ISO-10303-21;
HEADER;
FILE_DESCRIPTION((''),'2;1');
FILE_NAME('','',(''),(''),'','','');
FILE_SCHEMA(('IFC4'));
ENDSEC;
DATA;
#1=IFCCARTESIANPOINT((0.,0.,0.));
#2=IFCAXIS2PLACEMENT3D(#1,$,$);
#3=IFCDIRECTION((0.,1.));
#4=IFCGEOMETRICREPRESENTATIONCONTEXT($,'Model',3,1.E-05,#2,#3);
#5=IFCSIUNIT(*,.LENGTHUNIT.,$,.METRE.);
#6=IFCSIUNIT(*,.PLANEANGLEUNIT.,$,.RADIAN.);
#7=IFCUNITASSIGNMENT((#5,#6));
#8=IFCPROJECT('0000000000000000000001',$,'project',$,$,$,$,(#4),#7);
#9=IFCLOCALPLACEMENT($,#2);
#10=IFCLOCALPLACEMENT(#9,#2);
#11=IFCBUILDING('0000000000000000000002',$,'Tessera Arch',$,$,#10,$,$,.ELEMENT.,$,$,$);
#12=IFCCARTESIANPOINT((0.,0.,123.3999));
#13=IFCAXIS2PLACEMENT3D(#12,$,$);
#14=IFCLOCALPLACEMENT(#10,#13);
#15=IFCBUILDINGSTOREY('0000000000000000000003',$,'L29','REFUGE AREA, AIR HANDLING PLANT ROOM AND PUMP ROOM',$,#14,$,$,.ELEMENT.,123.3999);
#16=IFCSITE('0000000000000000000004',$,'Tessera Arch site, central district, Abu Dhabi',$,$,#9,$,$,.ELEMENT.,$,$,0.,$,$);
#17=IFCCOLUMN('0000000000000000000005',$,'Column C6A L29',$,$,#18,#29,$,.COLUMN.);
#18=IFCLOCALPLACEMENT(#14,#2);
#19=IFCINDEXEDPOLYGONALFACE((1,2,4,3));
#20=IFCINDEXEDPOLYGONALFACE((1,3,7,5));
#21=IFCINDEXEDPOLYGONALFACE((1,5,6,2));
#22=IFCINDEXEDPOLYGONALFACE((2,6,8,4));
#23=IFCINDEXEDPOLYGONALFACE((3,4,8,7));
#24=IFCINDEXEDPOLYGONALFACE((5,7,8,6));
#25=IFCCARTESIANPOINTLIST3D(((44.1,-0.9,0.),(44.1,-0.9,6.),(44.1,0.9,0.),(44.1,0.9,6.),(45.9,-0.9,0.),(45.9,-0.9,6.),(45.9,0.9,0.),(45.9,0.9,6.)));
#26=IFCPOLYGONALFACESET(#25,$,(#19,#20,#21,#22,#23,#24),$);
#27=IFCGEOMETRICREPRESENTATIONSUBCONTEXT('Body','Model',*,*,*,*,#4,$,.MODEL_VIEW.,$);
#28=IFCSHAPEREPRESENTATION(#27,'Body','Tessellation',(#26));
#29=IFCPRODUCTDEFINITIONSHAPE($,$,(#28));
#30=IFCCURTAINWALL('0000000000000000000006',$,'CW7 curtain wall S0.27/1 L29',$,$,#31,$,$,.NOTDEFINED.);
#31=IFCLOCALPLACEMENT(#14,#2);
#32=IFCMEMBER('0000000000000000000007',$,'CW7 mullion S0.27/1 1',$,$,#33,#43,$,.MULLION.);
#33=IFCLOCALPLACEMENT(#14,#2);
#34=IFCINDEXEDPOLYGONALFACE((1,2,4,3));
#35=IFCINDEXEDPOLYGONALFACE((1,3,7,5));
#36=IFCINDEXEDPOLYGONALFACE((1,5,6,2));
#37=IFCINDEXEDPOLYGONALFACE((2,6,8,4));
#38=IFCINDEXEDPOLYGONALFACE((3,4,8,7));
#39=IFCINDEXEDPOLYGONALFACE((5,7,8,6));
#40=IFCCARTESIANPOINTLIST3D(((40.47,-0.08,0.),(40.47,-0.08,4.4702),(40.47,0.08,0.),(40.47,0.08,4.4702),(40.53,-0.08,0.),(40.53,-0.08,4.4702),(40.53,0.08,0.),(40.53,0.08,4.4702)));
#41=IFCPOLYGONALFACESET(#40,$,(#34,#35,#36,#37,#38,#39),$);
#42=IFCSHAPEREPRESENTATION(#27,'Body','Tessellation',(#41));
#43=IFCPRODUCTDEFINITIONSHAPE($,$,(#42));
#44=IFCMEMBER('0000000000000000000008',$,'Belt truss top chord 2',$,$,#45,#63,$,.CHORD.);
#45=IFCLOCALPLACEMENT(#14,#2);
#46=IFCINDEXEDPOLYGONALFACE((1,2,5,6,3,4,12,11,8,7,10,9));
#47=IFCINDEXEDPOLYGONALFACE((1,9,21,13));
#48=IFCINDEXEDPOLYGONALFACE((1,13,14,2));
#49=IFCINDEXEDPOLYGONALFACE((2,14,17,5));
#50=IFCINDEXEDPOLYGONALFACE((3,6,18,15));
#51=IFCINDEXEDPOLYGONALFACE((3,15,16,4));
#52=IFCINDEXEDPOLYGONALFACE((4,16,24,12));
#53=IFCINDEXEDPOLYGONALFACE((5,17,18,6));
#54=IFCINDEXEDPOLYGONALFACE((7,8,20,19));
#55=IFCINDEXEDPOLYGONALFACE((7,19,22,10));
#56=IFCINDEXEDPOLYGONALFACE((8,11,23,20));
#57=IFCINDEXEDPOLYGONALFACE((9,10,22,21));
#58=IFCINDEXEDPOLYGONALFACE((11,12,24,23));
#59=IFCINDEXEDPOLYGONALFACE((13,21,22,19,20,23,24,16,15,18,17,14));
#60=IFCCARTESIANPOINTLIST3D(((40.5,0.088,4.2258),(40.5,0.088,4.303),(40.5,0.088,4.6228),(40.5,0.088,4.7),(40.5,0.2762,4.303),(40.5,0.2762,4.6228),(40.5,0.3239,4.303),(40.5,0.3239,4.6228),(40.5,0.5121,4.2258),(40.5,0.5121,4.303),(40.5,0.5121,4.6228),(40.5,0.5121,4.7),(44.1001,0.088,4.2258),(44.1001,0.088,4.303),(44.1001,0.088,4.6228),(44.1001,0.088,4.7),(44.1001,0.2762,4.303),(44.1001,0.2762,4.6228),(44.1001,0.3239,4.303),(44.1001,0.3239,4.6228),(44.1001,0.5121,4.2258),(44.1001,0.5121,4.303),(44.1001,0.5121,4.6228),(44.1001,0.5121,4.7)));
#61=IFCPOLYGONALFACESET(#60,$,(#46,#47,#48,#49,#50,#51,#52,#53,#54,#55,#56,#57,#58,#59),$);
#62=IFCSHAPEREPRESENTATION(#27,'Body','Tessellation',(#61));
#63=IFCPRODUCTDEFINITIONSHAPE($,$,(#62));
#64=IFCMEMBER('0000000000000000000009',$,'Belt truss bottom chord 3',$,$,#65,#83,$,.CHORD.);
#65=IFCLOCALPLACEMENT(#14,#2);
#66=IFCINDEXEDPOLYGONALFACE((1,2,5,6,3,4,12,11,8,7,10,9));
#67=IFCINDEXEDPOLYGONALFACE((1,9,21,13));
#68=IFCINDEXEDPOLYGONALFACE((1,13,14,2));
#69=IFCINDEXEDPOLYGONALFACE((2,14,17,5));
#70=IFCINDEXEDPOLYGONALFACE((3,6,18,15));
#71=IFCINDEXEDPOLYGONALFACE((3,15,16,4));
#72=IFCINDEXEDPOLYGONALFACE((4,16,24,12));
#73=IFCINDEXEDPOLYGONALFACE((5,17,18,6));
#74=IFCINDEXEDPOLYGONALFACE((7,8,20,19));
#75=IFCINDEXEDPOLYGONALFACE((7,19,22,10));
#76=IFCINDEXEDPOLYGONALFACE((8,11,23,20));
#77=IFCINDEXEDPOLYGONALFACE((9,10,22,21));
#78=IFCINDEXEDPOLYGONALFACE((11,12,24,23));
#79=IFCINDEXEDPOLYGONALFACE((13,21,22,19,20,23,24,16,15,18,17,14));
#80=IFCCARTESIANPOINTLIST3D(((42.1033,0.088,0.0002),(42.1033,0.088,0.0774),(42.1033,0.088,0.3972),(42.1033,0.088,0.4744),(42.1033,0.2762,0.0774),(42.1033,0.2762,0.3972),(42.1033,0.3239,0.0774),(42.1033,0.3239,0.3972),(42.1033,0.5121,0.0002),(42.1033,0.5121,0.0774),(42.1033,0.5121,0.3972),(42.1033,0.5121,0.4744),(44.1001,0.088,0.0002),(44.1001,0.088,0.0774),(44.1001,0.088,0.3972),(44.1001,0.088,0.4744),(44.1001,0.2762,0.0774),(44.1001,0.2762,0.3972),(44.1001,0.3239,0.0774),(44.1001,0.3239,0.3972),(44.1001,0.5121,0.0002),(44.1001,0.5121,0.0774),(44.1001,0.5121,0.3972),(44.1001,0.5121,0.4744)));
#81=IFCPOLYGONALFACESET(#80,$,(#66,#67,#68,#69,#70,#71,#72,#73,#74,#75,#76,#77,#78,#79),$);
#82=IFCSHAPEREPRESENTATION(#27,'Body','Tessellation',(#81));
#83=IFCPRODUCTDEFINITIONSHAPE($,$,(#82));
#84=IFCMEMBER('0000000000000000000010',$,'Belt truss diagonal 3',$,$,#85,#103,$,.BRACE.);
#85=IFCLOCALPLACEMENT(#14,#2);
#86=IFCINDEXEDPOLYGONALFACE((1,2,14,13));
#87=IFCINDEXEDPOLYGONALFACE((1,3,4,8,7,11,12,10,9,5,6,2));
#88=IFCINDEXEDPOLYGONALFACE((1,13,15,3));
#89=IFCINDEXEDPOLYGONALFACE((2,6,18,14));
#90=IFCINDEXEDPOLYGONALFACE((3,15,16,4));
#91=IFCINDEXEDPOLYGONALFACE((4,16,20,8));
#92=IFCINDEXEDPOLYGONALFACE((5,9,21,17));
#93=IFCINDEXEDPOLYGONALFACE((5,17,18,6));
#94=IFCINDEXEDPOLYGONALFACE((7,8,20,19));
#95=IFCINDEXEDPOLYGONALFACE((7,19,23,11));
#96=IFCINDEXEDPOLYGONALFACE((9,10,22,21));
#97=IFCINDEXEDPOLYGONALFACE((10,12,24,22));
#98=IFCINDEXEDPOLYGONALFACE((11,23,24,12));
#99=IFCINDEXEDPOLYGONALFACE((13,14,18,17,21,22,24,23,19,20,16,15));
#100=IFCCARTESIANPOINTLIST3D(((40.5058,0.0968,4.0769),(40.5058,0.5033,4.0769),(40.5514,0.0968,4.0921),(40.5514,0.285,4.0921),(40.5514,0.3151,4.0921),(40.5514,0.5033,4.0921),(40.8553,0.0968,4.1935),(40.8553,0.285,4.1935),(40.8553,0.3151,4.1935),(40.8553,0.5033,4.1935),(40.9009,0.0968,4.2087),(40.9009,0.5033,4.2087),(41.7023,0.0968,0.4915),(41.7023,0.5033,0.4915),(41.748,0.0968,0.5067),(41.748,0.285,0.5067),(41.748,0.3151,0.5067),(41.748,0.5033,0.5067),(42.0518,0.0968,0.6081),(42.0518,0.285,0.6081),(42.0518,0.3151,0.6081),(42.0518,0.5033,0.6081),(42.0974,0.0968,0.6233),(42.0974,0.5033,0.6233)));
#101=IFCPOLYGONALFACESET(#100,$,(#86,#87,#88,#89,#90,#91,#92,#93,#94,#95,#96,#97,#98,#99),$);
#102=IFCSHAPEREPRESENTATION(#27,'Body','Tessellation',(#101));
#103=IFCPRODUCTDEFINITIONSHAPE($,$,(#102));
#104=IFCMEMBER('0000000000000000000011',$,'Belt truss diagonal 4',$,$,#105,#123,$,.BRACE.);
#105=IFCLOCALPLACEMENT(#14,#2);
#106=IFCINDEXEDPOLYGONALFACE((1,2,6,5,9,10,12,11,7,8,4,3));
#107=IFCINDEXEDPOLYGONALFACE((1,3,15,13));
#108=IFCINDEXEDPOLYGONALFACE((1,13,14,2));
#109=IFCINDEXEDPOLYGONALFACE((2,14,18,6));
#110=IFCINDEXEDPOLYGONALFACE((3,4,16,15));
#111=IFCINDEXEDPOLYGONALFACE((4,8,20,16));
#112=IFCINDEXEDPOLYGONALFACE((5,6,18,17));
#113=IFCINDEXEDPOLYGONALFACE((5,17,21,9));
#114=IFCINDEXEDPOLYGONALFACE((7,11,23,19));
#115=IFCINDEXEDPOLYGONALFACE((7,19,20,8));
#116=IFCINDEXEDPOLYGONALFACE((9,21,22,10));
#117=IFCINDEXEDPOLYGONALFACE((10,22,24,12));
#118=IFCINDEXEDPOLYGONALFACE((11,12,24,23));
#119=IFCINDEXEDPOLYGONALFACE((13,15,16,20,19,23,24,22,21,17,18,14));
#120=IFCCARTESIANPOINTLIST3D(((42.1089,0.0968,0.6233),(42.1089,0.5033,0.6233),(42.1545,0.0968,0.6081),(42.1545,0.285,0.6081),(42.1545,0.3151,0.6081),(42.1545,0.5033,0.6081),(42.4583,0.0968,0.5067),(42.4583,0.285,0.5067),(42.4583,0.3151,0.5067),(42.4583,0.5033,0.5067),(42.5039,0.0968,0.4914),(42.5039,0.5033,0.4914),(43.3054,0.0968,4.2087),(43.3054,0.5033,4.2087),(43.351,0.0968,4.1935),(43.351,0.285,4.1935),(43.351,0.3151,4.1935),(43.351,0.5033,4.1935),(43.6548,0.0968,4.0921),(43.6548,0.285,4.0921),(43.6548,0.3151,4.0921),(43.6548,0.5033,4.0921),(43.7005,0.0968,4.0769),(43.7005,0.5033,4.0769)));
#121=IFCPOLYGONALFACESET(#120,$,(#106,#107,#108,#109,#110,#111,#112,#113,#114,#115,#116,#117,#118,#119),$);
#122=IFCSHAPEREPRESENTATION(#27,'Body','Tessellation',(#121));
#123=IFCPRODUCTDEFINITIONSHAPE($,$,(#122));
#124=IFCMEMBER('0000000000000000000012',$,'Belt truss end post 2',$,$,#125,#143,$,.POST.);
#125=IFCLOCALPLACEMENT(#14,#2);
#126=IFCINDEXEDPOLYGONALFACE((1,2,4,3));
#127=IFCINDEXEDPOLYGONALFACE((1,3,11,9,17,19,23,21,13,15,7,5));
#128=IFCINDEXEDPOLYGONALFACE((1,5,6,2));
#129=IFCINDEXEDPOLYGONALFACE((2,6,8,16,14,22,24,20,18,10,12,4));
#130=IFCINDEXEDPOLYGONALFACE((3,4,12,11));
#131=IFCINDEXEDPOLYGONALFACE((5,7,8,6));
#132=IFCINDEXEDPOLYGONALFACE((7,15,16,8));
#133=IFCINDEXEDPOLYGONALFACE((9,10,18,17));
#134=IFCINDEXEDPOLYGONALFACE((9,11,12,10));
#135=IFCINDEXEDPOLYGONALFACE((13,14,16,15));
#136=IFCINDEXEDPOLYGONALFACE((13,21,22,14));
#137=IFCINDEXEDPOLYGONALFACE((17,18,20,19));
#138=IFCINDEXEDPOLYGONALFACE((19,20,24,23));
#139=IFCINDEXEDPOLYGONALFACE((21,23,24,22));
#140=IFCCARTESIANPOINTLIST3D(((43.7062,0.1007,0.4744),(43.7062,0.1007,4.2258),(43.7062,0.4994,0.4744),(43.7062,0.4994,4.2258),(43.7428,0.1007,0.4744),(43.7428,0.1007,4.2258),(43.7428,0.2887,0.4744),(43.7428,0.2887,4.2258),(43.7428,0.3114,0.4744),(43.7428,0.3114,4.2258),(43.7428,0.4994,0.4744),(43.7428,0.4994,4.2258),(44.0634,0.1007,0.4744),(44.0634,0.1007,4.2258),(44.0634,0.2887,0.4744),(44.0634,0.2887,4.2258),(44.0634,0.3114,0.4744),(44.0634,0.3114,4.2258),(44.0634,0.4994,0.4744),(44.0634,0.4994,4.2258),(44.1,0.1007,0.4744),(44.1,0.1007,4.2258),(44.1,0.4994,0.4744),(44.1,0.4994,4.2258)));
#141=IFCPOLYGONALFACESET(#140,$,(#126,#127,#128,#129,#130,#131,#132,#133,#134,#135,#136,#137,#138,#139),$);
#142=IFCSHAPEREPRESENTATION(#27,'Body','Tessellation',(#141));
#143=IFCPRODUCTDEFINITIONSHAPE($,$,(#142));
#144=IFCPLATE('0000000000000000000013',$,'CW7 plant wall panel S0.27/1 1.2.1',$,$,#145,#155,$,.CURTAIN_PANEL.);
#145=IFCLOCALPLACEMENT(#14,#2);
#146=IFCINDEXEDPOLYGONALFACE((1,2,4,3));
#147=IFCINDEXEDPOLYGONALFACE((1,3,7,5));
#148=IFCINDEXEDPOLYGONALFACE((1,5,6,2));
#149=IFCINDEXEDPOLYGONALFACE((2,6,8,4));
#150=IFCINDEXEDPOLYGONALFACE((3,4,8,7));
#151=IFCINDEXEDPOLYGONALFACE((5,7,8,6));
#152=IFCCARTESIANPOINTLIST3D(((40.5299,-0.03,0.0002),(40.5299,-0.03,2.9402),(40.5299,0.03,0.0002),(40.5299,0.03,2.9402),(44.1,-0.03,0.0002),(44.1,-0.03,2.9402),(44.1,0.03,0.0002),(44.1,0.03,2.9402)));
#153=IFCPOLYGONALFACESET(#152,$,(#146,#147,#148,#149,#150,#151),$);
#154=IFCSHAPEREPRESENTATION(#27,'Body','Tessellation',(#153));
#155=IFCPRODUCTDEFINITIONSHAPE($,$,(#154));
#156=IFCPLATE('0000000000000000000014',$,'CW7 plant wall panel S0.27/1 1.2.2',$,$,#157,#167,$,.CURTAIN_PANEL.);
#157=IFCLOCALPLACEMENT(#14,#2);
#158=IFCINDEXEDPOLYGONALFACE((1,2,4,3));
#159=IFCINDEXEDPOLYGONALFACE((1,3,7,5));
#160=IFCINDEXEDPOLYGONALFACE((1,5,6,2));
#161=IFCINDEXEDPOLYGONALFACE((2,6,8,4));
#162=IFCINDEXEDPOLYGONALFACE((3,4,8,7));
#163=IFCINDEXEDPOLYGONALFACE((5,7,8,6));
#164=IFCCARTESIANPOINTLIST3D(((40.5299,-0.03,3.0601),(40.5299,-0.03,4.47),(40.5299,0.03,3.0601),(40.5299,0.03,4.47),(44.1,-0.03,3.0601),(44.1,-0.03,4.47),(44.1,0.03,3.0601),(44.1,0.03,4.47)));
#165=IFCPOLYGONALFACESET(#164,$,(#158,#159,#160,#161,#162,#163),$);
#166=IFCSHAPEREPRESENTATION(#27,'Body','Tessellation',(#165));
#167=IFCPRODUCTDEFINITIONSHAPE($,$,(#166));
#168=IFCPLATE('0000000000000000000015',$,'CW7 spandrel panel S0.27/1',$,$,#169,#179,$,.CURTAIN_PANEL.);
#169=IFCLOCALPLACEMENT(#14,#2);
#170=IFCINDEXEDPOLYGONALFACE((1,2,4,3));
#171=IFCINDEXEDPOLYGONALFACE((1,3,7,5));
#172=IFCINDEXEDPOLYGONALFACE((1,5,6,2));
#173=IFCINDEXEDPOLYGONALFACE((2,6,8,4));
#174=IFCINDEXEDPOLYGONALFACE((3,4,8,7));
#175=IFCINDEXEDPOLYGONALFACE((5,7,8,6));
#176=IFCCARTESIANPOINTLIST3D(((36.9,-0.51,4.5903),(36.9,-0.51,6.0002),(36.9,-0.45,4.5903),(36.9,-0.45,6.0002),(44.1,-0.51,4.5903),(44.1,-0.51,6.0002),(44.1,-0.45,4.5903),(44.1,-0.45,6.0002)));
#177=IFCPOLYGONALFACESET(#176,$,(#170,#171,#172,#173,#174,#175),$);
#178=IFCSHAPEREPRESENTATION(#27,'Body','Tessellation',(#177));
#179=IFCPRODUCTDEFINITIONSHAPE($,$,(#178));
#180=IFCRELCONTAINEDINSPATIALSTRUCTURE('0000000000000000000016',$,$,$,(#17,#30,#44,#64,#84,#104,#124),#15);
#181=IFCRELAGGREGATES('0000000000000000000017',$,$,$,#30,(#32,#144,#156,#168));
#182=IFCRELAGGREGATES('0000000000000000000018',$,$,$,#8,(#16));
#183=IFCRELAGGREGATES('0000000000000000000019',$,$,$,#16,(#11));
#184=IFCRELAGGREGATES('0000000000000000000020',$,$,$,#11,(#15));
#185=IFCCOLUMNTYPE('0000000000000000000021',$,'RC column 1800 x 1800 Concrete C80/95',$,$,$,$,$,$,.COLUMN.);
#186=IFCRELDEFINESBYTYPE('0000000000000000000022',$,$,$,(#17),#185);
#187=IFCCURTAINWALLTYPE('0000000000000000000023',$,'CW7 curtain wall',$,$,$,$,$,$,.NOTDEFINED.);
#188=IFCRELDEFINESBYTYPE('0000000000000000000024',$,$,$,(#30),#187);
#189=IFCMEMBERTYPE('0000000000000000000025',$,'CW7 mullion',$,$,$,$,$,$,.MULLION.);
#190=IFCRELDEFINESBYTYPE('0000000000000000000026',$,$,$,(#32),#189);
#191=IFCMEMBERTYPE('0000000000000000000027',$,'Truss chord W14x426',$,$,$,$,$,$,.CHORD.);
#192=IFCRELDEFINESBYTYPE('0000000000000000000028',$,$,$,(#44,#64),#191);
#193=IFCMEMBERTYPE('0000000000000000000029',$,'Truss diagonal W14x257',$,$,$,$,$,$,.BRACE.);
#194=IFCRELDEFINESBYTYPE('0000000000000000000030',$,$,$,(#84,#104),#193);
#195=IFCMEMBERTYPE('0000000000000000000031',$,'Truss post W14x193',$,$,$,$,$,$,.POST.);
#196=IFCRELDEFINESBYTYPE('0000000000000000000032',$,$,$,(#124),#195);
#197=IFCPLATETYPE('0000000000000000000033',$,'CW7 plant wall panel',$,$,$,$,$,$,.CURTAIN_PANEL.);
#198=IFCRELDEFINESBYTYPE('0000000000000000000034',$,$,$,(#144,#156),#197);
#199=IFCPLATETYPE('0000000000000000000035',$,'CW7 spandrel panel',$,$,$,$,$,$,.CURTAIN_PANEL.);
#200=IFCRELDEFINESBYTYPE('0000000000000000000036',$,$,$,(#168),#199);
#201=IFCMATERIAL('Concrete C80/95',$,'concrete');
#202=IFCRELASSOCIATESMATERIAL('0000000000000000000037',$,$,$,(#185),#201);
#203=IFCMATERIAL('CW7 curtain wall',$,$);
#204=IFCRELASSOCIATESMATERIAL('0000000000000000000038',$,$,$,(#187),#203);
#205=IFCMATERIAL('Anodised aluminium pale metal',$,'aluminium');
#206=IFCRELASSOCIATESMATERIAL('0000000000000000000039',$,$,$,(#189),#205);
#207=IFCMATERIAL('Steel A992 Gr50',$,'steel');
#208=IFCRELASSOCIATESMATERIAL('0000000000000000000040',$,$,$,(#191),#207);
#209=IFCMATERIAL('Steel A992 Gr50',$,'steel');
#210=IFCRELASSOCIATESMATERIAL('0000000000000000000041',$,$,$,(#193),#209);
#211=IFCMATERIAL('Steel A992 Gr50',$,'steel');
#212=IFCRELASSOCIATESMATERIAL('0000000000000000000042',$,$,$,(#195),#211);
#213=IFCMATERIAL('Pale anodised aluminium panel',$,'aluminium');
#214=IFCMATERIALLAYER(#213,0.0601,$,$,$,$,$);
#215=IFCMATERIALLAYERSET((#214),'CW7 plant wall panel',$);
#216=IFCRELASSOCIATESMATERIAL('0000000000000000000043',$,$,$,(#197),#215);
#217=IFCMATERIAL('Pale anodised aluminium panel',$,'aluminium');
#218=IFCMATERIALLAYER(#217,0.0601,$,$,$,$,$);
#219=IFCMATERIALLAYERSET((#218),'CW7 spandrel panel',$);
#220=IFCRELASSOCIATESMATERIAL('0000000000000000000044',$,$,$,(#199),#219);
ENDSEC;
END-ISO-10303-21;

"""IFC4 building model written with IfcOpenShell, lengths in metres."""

from ifc_helpers import new_model, si_unit, direction, frame, origin, origin_2d, place, context, subcontext, project, spatial, rectangle, i_section, extrude, material, layer, layer_set, material_profile, profile_set, type_object, element, aggregate, save


model = new_model("IFC4")

# Units and contexts
model_context = context("Model", 3, precision=1e-05, world=origin(), true_north=direction((0.0, 1.0)))
body_context = subcontext(model_context, "Body", "Model", "MODEL_VIEW")
ifc_project = project(units=[si_unit("LENGTHUNIT", "METRE"), si_unit("PLANEANGLEUNIT", "RADIAN")], contexts=[model_context])

# Site, building, storey
site_placement = place(None, origin())
site = spatial("IfcSite", under=ifc_project, at=site_placement, Name="Tessera Arch site, central district, Abu Dhabi", CompositionType="ELEMENT", RefElevation=0.0)
building_placement = place(site_placement, origin())
building = spatial("IfcBuilding", under=site, at=building_placement, Name="Tessera Arch", CompositionType="ELEMENT")
storey_placement = place(building_placement, frame((0.0, 0.0, 123.3999)))
storey = spatial("IfcBuildingStorey", under=building, at=storey_placement, Name="L29", Description="REFUGE AREA, AIR HANDLING PLANT ROOM AND PUMP ROOM", CompositionType="ELEMENT", Elevation=123.3999)

# Column
ifc_material_1 = material(Name="Concrete C80/95", Category="concrete")
ifc_material_profile_1 = material_profile(ifc_material_1, rectangle(XDim=1.8, YDim=1.8, at=origin_2d()), Name="RC column 1800 x 1800 Concrete C80/95")
ifc_profile_set_1 = profile_set([ifc_material_profile_1], Name="Concrete C80/95")
column_type = type_object("IfcColumnType", Name="RC column 1800 x 1800 Concrete C80/95", PredefinedType="COLUMN", material=ifc_profile_set_1)
column_placement = place(storey_placement, frame((45.0, 0.0, 0.0), z_axis=(0.0, 0.0, 1.0), x_axis=(1.0, 0.0, 0.0)))
element("IfcColumn", 1, at=column_placement, inside=storey, type_object=column_type, Name="Column C6A L29", PredefinedType="COLUMN", context=body_context, shape_type="SweptSolid", body=[
    extrude(rectangle(XDim=1.8, YDim=1.8, at=origin_2d()), origin(), (0.0, 0.0, 1.0), 6.0),
])

# Curtain wall, member
ifc_material_2 = material(Name="CW7 curtain wall")
curtain_wall_type = type_object("IfcCurtainWallType", Name="CW7 curtain wall", PredefinedType="NOTDEFINED", material=ifc_material_2)
curtain_wall_placement = place(storey_placement, origin())
curtain_wall = element("IfcCurtainWall", 2, at=curtain_wall_placement, inside=storey, type_object=curtain_wall_type, Name="CW7 curtain wall S0.27/1 L29", PredefinedType="NOTDEFINED")
ifc_material_3 = material(Name="Anodised aluminium pale metal", Category="aluminium")
ifc_material_profile_2 = material_profile(ifc_material_3, rectangle(XDim=0.1599, YDim=0.0601, at=origin_2d()), Name="AL 60x160")
ifc_profile_set_2 = profile_set([ifc_material_profile_2], Name="Anodised aluminium pale metal")
member_type_1 = type_object("IfcMemberType", Name="CW7 mullion", PredefinedType="MULLION", material=ifc_profile_set_2)
member_1_placement = place(storey_placement, frame((40.5, 0.0, 0.0), z_axis=(0.0, 0.0, 1.0), x_axis=(0.0, 1.0, 0.0)))
member_1 = element("IfcMember", 3, at=member_1_placement, type_object=member_type_1, Name="CW7 mullion S0.27/1 1", PredefinedType="MULLION", context=body_context, shape_type="SweptSolid", body=[
    extrude(rectangle(XDim=0.1599, YDim=0.0601, at=origin_2d()), origin(), (0.0, 0.0, 1.0), 4.4702),
])

# Members
ifc_material_4 = material(Name="Steel A992 Gr50", Category="steel")
ifc_material_profile_3 = material_profile(ifc_material_4, i_section(OverallWidth=0.4241, OverallDepth=0.4741, WebThickness=0.0476, FlangeThickness=0.0771, at=origin_2d()), Name="W14x426")
ifc_profile_set_3 = profile_set([ifc_material_profile_3], Name="Steel A992 Gr50")
member_type_2 = type_object("IfcMemberType", Name="Truss chord W14x426", PredefinedType="CHORD", material=ifc_profile_set_3)
member_2_placement = place(storey_placement, frame((40.5, 0.3, 4.4629), z_axis=(1.0, 0.0, 0.0), x_axis=(0.0, 1.0, 0.0)))
element("IfcMember", 4, at=member_2_placement, inside=storey, type_object=member_type_2, Name="Belt truss top chord 2", PredefinedType="CHORD", context=body_context, shape_type="SweptSolid", body=[
    extrude(i_section(OverallWidth=0.4241, OverallDepth=0.4741, WebThickness=0.0476, FlangeThickness=0.0771, at=origin_2d()), origin(), (0.0, 0.0, 1.0), 3.6001),
])
member_3_placement = place(storey_placement, frame((42.1033, 0.3, 0.2373), z_axis=(1.0, 0.0, 0.0), x_axis=(0.0, 1.0, 0.0)))
element("IfcMember", 5, at=member_3_placement, inside=storey, type_object=member_type_2, Name="Belt truss bottom chord 3", PredefinedType="CHORD", context=body_context, shape_type="SweptSolid", body=[
    extrude(i_section(OverallWidth=0.4241, OverallDepth=0.4741, WebThickness=0.0476, FlangeThickness=0.0771, at=origin_2d()), origin(), (0.0, 0.0, 1.0), 1.9968),
])
ifc_material_5 = material(Name="Steel A992 Gr50", Category="steel")
ifc_material_profile_4 = material_profile(ifc_material_5, i_section(OverallWidth=0.4065, OverallDepth=0.4165, WebThickness=0.03, FlangeThickness=0.0481, at=origin_2d()), Name="W14x257")
ifc_profile_set_4 = profile_set([ifc_material_profile_4], Name="Steel A992 Gr50")
member_type_3 = type_object("IfcMemberType", Name="Truss diagonal W14x257", PredefinedType="BRACE", material=ifc_profile_set_4)
for number, where, z_axis, x_axis, name in (
    (6, (40.7034, 0.3, 4.1428), (0.316557, 0.0, -0.948573), (0.0, 1.0, 0.0), "Belt truss diagonal 3"),
    (7, (42.3064, 0.3, 0.5574), (0.316557, 0.0, 0.948573), (0.0, 1.0, 0.0), "Belt truss diagonal 4"),
):
    element("IfcMember", number, at=place(storey_placement, frame(where, z_axis=z_axis, x_axis=x_axis)), inside=storey, type_object=member_type_3, Name=name, PredefinedType="BRACE", context=body_context, shape_type="SweptSolid", body=[
        extrude(i_section(OverallWidth=0.4065, OverallDepth=0.4165, WebThickness=0.03, FlangeThickness=0.0481, at=origin_2d()), origin(), (0.0, 0.0, 1.0), 3.7798),
    ])
ifc_material_6 = material(Name="Steel A992 Gr50", Category="steel")
ifc_material_profile_5 = material_profile(ifc_material_6, i_section(OverallWidth=0.3987, OverallDepth=0.3938, WebThickness=0.0227, FlangeThickness=0.0366, at=origin_2d()), Name="W14x193")
ifc_profile_set_5 = profile_set([ifc_material_profile_5], Name="Steel A992 Gr50")
member_type_4 = type_object("IfcMemberType", Name="Truss post W14x193", PredefinedType="POST", material=ifc_profile_set_5)
member_4_placement = place(storey_placement, frame((43.9031, 0.3, 0.4744), z_axis=(0.0, 0.0, 1.0), x_axis=(0.0, 1.0, 0.0)))
element("IfcMember", 8, at=member_4_placement, inside=storey, type_object=member_type_4, Name="Belt truss end post 2", PredefinedType="POST", context=body_context, shape_type="SweptSolid", body=[
    extrude(i_section(OverallWidth=0.3987, OverallDepth=0.3938, WebThickness=0.0227, FlangeThickness=0.0366, at=origin_2d()), origin(), (0.0, 0.0, 1.0), 3.7515),
])

# Plates
ifc_material_7 = material(Name="Pale anodised aluminium panel", Category="aluminium")
ifc_layer_1 = layer(ifc_material_7, 0.0601)
ifc_layer_set_1 = layer_set([ifc_layer_1], Name="CW7 plant wall panel")
plate_type_1 = type_object("IfcPlateType", Name="CW7 plant wall panel", PredefinedType="CURTAIN_PANEL", material=ifc_layer_set_1)
plate_1_placement = place(storey_placement, frame((42.3149, 0.0, 0.0002), z_axis=(0.0, 0.0, 1.0), x_axis=(1.0, 0.0, 0.0)))
plate_1 = element("IfcPlate", 9, at=plate_1_placement, type_object=plate_type_1, Name="CW7 plant wall panel S0.27/1 1.2.1", PredefinedType="CURTAIN_PANEL", context=body_context, shape_type="SweptSolid", body=[
    extrude(rectangle(XDim=3.5701, YDim=0.0601, at=origin_2d()), origin(), (0.0, 0.0, 1.0), 2.9399),
])
plate_2_placement = place(storey_placement, frame((42.3149, 0.0, 3.0601), z_axis=(0.0, 0.0, 1.0), x_axis=(1.0, 0.0, 0.0)))
plate_2 = element("IfcPlate", 10, at=plate_2_placement, type_object=plate_type_1, Name="CW7 plant wall panel S0.27/1 1.2.2", PredefinedType="CURTAIN_PANEL", context=body_context, shape_type="SweptSolid", body=[
    extrude(rectangle(XDim=3.5701, YDim=0.0601, at=origin_2d()), origin(), (0.0, 0.0, 1.0), 1.4099),
])
ifc_material_8 = material(Name="Pale anodised aluminium panel", Category="aluminium")
ifc_layer_2 = layer(ifc_material_8, 0.0601)
ifc_layer_set_2 = layer_set([ifc_layer_2], Name="CW7 spandrel panel")
plate_type_2 = type_object("IfcPlateType", Name="CW7 spandrel panel", PredefinedType="CURTAIN_PANEL", material=ifc_layer_set_2)
plate_3_placement = place(storey_placement, frame((40.5, -0.48, 4.5903), z_axis=(0.0, 0.0, 1.0), x_axis=(1.0, 0.0, 0.0)))
plate_3 = element("IfcPlate", 11, at=plate_3_placement, type_object=plate_type_2, Name="CW7 spandrel panel S0.27/1", PredefinedType="CURTAIN_PANEL", context=body_context, shape_type="SweptSolid", body=[
    extrude(rectangle(XDim=7.2, YDim=0.0601, at=origin_2d()), origin(), (0.0, 0.0, 1.0), 1.4099),
])
aggregate(curtain_wall, [member_1, plate_1, plate_2, plate_3])

save(model, "model.ifc")
